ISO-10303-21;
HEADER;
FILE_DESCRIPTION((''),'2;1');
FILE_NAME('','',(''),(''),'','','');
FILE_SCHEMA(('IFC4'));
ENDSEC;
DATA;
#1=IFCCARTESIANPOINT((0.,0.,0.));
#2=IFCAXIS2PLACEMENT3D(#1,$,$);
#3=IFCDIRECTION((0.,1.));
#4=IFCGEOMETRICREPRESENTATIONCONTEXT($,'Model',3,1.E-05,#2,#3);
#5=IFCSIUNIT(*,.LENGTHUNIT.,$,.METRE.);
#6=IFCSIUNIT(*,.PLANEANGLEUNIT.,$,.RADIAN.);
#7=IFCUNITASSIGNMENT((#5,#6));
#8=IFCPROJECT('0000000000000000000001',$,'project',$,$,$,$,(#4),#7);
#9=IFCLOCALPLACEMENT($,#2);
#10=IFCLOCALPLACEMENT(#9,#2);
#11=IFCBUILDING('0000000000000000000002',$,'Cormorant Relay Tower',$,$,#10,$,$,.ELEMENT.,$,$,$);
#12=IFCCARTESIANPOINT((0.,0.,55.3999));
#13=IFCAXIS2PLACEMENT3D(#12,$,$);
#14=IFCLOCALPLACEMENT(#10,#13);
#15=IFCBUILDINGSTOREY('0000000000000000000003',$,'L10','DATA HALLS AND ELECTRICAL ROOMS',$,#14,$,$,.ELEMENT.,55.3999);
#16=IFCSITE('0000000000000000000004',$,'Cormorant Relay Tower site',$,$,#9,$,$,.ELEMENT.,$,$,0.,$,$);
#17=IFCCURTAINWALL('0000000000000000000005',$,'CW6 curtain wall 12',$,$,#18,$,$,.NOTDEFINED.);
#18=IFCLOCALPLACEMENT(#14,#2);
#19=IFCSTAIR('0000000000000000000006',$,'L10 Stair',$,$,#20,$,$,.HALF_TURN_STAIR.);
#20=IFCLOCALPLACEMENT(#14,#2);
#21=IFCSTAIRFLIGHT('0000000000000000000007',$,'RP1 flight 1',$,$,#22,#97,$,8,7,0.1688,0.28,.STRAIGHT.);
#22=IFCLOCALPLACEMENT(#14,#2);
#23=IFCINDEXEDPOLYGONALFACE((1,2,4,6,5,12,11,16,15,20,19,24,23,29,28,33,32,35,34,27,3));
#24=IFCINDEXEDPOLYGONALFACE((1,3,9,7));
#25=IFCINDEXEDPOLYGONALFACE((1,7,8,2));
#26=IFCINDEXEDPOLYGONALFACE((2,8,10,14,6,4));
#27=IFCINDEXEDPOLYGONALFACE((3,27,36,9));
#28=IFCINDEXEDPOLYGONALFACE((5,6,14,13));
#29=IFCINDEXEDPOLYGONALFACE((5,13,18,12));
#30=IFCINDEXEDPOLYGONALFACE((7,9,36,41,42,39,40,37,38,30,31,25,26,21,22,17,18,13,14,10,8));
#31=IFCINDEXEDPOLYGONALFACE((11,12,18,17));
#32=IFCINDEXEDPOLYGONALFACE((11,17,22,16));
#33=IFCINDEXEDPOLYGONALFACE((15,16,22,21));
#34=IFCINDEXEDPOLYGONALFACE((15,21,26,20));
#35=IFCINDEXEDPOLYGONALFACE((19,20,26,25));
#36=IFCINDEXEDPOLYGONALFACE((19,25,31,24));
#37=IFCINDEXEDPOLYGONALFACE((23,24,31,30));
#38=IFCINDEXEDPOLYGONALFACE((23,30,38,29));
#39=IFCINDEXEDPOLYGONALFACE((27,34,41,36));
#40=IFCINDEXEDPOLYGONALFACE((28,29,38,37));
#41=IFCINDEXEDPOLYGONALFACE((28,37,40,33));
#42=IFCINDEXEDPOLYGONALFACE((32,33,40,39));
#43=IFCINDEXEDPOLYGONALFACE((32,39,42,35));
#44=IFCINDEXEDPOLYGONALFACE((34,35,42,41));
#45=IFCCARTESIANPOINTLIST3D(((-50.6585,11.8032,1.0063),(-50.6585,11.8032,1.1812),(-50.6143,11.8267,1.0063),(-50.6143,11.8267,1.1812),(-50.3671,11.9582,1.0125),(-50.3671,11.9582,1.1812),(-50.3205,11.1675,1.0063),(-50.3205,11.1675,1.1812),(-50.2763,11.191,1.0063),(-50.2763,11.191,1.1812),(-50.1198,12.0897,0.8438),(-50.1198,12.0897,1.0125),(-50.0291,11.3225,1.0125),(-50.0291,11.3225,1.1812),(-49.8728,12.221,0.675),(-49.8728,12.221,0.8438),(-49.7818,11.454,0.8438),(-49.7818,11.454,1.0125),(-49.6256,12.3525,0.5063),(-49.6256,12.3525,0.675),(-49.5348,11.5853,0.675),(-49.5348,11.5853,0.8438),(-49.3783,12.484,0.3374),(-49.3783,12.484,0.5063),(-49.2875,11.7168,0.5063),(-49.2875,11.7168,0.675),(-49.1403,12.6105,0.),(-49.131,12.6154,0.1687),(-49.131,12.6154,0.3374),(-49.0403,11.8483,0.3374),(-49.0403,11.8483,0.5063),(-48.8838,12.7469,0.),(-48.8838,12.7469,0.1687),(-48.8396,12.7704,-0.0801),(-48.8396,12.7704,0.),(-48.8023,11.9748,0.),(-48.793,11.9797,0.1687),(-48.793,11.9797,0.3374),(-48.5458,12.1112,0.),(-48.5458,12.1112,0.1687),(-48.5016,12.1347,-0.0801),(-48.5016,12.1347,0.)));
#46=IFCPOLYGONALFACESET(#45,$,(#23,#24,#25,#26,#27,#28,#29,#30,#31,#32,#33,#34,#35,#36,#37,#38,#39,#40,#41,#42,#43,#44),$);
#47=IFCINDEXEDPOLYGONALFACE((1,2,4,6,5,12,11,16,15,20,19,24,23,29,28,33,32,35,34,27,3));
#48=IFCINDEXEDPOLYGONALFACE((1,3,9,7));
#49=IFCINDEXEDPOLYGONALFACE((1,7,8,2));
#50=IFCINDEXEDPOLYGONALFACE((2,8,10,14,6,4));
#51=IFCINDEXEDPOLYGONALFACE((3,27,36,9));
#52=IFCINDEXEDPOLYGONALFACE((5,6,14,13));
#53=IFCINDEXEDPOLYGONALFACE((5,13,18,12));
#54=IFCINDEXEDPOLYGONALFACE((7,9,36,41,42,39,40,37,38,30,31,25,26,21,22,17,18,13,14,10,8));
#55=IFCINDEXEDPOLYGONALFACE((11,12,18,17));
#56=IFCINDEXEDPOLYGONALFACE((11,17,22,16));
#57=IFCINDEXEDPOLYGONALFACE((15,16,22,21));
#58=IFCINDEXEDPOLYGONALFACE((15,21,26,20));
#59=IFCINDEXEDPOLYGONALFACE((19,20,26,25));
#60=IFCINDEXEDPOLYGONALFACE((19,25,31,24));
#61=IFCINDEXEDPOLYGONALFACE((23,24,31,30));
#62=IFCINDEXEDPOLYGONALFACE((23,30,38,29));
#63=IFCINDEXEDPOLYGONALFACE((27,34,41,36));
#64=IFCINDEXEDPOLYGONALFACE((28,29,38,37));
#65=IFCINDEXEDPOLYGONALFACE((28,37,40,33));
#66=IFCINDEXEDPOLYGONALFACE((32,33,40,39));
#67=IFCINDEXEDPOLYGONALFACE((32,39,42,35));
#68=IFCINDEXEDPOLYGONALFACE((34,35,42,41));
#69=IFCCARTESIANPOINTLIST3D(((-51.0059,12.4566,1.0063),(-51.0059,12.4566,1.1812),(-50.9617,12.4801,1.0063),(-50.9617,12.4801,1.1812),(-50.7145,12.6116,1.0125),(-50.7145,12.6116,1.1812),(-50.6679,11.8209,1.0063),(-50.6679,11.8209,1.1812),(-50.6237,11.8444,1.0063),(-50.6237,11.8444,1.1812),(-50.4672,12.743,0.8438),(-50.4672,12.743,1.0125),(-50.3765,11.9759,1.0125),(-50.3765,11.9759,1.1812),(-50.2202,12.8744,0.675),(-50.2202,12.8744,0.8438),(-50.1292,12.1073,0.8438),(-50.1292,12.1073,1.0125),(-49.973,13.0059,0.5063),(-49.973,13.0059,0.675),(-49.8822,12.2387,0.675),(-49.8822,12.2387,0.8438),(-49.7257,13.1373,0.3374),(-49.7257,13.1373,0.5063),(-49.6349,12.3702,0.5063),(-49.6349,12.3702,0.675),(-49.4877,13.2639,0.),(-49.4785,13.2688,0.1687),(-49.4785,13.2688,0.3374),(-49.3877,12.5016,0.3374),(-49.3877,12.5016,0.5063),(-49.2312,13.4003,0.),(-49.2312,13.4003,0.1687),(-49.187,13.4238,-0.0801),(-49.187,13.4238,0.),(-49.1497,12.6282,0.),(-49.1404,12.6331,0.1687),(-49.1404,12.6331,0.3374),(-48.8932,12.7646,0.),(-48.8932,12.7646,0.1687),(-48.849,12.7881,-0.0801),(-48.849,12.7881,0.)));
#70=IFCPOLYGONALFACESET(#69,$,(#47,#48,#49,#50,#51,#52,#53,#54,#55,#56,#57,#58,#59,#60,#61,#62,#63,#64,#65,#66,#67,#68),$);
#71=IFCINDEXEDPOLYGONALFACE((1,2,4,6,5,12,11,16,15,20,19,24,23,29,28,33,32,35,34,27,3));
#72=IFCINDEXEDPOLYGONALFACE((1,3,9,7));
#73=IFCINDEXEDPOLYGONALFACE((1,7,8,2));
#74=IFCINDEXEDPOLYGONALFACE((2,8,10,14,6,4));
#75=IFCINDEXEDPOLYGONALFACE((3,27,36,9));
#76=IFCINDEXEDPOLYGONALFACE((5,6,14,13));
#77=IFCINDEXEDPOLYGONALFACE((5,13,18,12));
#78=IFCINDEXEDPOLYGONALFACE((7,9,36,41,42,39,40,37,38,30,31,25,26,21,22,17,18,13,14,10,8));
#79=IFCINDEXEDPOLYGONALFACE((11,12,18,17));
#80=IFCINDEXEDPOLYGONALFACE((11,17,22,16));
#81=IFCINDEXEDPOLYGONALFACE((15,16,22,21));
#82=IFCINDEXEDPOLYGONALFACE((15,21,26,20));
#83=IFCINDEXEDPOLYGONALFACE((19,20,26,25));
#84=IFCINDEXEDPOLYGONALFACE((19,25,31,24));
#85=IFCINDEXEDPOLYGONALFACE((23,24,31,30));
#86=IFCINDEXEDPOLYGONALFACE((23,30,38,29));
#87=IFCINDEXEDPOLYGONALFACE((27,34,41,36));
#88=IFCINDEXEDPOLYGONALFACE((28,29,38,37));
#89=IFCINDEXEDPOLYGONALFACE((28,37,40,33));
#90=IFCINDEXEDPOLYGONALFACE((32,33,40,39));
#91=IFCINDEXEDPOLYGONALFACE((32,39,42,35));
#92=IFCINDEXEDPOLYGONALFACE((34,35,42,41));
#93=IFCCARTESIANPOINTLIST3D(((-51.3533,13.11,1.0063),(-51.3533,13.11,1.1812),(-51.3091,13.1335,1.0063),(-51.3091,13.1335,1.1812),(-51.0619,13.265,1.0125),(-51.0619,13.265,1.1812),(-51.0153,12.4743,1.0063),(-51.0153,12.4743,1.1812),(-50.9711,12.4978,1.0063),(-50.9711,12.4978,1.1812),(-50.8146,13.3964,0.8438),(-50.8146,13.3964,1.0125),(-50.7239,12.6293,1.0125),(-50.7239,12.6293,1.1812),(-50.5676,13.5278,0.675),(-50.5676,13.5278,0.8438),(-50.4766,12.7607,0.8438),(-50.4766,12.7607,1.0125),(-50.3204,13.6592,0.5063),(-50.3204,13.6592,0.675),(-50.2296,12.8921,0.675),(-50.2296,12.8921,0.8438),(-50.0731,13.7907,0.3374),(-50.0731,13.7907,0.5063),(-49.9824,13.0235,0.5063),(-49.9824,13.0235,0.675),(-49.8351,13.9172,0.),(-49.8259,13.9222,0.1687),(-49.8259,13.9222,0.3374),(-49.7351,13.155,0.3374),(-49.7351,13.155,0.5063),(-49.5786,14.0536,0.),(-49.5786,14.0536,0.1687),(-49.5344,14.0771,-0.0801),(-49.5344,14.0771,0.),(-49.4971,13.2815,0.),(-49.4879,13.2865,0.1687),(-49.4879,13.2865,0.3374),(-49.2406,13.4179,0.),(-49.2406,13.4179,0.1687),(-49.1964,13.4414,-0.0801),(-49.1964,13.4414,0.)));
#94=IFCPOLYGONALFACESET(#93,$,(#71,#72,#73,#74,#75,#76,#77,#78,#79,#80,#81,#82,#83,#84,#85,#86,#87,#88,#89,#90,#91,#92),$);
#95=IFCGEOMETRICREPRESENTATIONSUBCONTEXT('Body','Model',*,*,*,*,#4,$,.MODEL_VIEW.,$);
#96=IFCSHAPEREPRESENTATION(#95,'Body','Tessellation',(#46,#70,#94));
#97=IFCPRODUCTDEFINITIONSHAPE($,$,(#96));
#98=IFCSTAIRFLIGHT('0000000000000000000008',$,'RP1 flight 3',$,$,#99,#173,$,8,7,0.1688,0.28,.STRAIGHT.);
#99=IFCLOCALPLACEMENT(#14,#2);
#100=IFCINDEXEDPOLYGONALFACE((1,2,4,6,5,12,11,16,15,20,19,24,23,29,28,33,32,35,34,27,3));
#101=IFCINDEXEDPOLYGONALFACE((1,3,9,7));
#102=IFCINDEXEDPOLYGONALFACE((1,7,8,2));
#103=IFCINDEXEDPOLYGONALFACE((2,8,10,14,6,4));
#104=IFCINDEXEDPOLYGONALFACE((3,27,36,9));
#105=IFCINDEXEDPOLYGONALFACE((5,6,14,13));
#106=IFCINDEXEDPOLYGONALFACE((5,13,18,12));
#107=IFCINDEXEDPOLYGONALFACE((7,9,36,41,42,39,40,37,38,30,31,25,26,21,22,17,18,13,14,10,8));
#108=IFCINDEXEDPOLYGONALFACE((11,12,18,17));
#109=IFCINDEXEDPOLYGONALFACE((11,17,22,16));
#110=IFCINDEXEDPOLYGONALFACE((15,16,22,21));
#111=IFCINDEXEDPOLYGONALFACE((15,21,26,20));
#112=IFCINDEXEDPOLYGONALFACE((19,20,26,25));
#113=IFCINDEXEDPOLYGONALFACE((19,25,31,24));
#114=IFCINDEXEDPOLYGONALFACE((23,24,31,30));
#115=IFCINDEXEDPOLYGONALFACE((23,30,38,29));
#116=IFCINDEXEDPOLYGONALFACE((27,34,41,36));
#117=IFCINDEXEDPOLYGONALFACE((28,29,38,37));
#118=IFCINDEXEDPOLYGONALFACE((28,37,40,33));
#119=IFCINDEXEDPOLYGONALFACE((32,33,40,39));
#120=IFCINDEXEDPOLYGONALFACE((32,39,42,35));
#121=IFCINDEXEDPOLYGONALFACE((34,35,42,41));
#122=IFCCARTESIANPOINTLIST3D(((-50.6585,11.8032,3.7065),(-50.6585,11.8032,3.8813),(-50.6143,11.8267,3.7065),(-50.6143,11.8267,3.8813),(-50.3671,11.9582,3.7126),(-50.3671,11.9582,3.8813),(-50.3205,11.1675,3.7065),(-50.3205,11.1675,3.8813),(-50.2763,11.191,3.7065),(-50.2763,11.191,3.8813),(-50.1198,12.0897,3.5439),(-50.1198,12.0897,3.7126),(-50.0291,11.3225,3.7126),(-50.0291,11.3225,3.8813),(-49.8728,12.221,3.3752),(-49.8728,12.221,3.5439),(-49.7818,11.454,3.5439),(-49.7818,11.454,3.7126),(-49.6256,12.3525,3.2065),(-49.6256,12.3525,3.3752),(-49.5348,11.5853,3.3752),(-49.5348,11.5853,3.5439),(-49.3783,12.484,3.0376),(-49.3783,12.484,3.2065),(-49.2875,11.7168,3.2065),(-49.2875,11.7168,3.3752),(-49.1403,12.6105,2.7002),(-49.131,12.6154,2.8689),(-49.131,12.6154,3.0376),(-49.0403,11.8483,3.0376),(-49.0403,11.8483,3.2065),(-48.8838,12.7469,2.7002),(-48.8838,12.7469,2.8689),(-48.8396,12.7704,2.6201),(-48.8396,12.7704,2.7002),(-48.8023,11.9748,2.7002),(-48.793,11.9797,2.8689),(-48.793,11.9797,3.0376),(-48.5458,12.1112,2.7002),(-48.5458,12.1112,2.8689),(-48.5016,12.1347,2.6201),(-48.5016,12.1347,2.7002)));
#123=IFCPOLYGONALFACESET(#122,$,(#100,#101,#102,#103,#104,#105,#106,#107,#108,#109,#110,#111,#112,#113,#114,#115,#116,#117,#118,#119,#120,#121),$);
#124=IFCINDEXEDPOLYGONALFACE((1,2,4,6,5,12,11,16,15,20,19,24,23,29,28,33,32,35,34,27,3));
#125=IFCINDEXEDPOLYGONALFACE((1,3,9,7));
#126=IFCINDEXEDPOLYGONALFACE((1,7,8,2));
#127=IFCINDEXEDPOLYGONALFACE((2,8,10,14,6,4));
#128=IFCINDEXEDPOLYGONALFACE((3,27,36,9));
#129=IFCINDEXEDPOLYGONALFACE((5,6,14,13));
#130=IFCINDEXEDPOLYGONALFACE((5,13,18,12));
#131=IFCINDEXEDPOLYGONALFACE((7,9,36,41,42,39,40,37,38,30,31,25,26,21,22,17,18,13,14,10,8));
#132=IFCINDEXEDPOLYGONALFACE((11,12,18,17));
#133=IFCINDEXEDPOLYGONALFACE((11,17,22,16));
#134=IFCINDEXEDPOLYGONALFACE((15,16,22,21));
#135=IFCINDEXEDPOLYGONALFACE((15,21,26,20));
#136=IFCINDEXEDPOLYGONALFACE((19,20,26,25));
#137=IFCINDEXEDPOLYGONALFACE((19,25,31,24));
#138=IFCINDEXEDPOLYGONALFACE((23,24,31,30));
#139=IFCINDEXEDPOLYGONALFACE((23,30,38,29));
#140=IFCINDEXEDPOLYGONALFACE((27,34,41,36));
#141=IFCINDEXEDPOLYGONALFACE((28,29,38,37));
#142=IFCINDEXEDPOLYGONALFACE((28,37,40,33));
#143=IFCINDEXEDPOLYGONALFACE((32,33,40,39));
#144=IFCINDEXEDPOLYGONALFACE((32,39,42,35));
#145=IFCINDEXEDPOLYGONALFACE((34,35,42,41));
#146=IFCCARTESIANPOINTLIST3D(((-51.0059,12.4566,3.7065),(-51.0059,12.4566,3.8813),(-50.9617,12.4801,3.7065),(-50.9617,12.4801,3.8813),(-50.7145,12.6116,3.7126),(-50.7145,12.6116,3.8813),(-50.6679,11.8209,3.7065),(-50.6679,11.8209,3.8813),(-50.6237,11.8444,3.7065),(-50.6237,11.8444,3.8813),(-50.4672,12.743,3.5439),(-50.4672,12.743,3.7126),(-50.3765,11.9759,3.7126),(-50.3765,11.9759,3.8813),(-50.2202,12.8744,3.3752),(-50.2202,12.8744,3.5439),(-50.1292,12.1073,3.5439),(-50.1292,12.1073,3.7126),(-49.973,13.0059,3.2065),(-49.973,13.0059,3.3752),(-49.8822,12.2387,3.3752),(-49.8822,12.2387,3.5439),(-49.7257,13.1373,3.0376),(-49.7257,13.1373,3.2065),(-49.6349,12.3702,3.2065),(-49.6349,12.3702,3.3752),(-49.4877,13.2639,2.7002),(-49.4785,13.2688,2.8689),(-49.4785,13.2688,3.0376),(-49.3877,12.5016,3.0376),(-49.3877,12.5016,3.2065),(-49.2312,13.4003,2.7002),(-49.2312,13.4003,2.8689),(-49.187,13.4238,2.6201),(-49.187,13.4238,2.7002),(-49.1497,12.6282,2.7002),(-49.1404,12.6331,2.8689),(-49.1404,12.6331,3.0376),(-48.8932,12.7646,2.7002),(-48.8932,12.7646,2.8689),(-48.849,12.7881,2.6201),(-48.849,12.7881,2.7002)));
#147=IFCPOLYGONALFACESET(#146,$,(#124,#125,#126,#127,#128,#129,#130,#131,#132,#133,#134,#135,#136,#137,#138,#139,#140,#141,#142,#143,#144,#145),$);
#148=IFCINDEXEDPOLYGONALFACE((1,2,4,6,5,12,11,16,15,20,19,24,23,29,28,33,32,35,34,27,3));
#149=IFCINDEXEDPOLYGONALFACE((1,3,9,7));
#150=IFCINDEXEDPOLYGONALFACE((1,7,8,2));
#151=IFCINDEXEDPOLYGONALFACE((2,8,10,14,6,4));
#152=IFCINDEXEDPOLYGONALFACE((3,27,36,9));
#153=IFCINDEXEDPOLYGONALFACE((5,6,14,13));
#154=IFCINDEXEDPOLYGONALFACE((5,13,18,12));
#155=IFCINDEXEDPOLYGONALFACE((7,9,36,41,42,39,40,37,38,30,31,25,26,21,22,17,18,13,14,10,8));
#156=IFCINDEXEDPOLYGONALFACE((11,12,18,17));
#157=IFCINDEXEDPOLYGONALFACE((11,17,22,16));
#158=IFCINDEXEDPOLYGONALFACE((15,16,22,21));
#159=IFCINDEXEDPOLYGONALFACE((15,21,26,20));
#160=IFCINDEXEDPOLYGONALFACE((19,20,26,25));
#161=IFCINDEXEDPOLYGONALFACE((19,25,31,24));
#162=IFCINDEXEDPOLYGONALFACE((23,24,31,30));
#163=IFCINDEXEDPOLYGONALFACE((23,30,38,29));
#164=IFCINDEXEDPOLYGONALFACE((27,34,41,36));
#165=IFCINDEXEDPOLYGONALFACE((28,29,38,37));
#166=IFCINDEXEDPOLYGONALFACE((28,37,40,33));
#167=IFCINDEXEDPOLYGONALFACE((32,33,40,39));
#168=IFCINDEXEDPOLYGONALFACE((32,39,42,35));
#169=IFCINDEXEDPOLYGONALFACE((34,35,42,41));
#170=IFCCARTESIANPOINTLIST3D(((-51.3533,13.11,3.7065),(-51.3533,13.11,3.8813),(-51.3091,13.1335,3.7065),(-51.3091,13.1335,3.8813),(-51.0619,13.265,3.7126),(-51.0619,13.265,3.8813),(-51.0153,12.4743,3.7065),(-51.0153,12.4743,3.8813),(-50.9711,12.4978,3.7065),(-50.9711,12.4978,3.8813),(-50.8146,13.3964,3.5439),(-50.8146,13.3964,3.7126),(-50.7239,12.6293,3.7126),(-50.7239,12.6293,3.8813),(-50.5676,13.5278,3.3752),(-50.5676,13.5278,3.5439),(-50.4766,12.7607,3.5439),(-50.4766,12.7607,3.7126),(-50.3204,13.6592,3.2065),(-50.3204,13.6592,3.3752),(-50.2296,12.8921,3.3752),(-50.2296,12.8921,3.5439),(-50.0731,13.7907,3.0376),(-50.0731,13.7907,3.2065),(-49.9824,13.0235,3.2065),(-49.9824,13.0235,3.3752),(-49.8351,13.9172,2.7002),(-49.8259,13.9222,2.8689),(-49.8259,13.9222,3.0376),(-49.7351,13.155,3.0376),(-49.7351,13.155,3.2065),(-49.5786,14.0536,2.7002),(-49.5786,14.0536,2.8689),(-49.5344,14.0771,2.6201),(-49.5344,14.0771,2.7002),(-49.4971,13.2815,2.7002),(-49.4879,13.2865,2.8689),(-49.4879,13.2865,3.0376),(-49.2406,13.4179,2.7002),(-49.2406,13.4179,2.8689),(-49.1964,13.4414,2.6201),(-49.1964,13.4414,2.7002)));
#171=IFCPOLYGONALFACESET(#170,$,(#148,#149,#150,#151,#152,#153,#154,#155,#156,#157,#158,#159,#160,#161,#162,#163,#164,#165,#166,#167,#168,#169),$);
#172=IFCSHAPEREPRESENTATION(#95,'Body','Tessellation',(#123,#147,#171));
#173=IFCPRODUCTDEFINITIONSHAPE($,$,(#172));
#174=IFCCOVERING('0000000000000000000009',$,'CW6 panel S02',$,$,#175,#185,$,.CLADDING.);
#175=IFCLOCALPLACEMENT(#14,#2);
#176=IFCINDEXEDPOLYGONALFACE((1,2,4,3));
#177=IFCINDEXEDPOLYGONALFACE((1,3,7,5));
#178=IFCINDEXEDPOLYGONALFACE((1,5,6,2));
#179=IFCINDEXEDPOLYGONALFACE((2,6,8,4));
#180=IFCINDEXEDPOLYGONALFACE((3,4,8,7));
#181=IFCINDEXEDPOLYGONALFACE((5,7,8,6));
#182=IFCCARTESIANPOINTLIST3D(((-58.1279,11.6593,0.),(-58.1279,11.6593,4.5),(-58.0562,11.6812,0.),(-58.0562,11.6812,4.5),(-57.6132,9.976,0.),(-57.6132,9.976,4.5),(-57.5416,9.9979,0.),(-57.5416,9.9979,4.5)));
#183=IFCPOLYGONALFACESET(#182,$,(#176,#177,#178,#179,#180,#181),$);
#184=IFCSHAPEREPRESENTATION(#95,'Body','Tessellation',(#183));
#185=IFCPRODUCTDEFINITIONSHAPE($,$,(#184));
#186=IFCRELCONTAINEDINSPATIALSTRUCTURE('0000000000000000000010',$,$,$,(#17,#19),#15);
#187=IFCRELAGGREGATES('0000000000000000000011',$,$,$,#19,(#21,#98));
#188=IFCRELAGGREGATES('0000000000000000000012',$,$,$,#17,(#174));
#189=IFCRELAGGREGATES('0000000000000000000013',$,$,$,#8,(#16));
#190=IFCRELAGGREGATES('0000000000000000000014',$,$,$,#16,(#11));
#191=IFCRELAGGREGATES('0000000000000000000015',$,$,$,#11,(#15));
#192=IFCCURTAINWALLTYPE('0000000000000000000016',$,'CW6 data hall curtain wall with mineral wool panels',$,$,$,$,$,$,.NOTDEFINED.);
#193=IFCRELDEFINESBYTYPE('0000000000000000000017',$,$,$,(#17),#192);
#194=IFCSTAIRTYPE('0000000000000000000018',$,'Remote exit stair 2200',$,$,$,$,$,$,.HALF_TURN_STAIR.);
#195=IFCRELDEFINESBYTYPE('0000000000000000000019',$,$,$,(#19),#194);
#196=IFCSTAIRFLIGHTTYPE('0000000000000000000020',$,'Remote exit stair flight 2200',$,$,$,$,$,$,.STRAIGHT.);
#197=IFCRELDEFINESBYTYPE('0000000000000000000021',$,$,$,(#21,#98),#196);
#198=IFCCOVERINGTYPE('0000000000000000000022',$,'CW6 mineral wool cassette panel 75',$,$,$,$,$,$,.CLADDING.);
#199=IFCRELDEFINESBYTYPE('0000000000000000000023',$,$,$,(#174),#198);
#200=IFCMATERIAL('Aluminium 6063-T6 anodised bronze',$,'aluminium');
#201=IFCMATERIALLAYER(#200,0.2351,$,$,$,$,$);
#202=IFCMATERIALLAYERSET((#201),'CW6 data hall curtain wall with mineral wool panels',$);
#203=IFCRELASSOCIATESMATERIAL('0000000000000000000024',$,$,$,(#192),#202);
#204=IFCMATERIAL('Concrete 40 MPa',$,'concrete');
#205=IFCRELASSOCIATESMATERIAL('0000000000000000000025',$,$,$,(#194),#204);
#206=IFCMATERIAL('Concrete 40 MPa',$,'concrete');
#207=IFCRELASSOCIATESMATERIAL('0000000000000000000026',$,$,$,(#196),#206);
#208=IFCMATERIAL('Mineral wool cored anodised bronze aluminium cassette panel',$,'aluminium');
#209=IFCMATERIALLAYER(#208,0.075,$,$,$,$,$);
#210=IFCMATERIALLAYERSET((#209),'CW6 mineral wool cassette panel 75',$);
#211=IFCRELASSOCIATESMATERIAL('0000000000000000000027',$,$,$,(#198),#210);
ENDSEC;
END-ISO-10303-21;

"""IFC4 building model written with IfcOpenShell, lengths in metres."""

from ifc_helpers import new_model, si_unit, direction, frame, origin, origin_2d, place, context, subcontext, project, spatial, polyline, rectangle, outline, extrude, material, layer, layer_set, type_object, element, aggregate, save


model = new_model("IFC4")

# Units and contexts
model_context = context("Model", 3, precision=1e-05, world=origin(), true_north=direction((0.0, 1.0)))
body_context = subcontext(model_context, "Body", "Model", "MODEL_VIEW")
ifc_project = project(units=[si_unit("LENGTHUNIT", "METRE"), si_unit("PLANEANGLEUNIT", "RADIAN")], contexts=[model_context])

# Site, building, storey
site_placement = place(None, origin())
site = spatial("IfcSite", under=ifc_project, at=site_placement, Name="Cormorant Relay Tower site", CompositionType="ELEMENT", RefElevation=0.0)
building_placement = place(site_placement, origin())
building = spatial("IfcBuilding", under=site, at=building_placement, Name="Cormorant Relay Tower", CompositionType="ELEMENT")
storey_placement = place(building_placement, frame((0.0, 0.0, 55.3999)))
storey = spatial("IfcBuildingStorey", under=building, at=storey_placement, Name="L10", Description="DATA HALLS AND ELECTRICAL ROOMS", CompositionType="ELEMENT", Elevation=55.3999)

# Shared definitions
ifc_material_1 = material(Name="Aluminium 6063-T6 anodised bronze", Category="aluminium")
ifc_layer_1 = layer(ifc_material_1, 0.2351)
ifc_layer_set_1 = layer_set([ifc_layer_1], Name="CW6 data hall curtain wall with mineral wool panels")
curtain_wall_type = type_object("IfcCurtainWallType", Name="CW6 data hall curtain wall with mineral wool panels", PredefinedType="NOTDEFINED", material=ifc_layer_set_1)

# Curtain wall
curtain_wall_1_placement = place(storey_placement, origin())
curtain_wall_1 = element("IfcCurtainWall", 1, at=curtain_wall_1_placement, inside=storey, type_object=curtain_wall_type, Name="CW6 curtain wall 12", PredefinedType="NOTDEFINED")

# Stair, stair flights
ifc_material_2 = material(Name="Concrete 40 MPa", Category="concrete")
stair_type = type_object("IfcStairType", Name="Remote exit stair 2200", PredefinedType="HALF_TURN_STAIR", material=ifc_material_2)
stair_placement = place(storey_placement, origin())
stair = element("IfcStair", 2, at=stair_placement, inside=storey, type_object=stair_type, Name="L10 Stair", PredefinedType="HALF_TURN_STAIR")
ifc_material_3 = material(Name="Concrete 40 MPa", Category="concrete")
stair_flight_type = type_object("IfcStairFlightType", Name="Remote exit stair flight 2200", PredefinedType="STRAIGHT", material=ifc_material_3)
stair_flight_1_placement = place(storey_placement, frame((-49.0623, 13.0825, 0.0), z_axis=(0.0, 0.0, 1.0), x_axis=(-0.882948, -0.469472, 0.0)))
stair_flight_1 = element("IfcStairFlight", 3, at=stair_flight_1_placement, type_object=stair_flight_type, Name="RP1 flight 1", NumberOfRisers=8, NumberOfTreads=7, PredefinedType="STRAIGHT", RiserHeight=0.1688, TreadLength=0.28, context=body_context, shape_type="SweptSolid", body=[
    extrude(outline(polyline([(-0.05, -0.0801), (-0.05, 0.0), (0.0, 0.0), (0.0, 0.1687), (0.28, 0.1687), (0.28, 0.3374), (0.5601, 0.3374), (0.5601, 0.5063), (0.8401, 0.5063), (0.8401, 0.675), (1.1201, 0.675), (1.1201, 0.8438), (1.3999, 0.8438), (1.3999, 1.0125), (1.6799, 1.0125), (1.6799, 1.1812), (1.96, 1.1812), (2.01, 1.1812), (2.01, 1.0063), (1.96, 1.0063), (0.2905, 0.0), (-0.05, -0.0801)])), frame((0.0, 1.1001, 0.0), z_axis=(0.0, -1.0, 0.0), x_axis=(1.0, 0.0, 0.0)), (0.0, 0.0, 1.0), 0.72),
    extrude(outline(polyline([(-0.05, -0.0801), (-0.05, 0.0), (0.0, 0.0), (0.0, 0.1687), (0.28, 0.1687), (0.28, 0.3374), (0.5601, 0.3374), (0.5601, 0.5063), (0.8401, 0.5063), (0.8401, 0.675), (1.1201, 0.675), (1.1201, 0.8438), (1.3999, 0.8438), (1.3999, 1.0125), (1.6799, 1.0125), (1.6799, 1.1812), (1.96, 1.1812), (2.01, 1.1812), (2.01, 1.0063), (1.96, 1.0063), (0.2905, 0.0), (-0.05, -0.0801)])), frame((0.0, 0.3601, 0.0), z_axis=(0.0, -1.0, 0.0), x_axis=(1.0, 0.0, 0.0)), (0.0, 0.0, 1.0), 0.72),
    extrude(outline(polyline([(-0.05, -0.0801), (-0.05, 0.0), (0.0, 0.0), (0.0, 0.1687), (0.28, 0.1687), (0.28, 0.3374), (0.5601, 0.3374), (0.5601, 0.5063), (0.8401, 0.5063), (0.8401, 0.675), (1.1201, 0.675), (1.1201, 0.8438), (1.3999, 0.8438), (1.3999, 1.0125), (1.6799, 1.0125), (1.6799, 1.1812), (1.96, 1.1812), (2.01, 1.1812), (2.01, 1.0063), (1.96, 1.0063), (0.2905, 0.0), (-0.05, -0.0801)])), frame((0.0, -0.3799, 0.0), z_axis=(0.0, -1.0, 0.0), x_axis=(1.0, 0.0, 0.0)), (0.0, 0.0, 1.0), 0.72),
])
stair_flight_2_placement = place(storey_placement, frame((-49.0623, 13.0825, 2.7002), z_axis=(0.0, 0.0, 1.0), x_axis=(-0.882948, -0.469472, 0.0)))
stair_flight_2 = element("IfcStairFlight", 4, at=stair_flight_2_placement, type_object=stair_flight_type, Name="RP1 flight 3", NumberOfRisers=8, NumberOfTreads=7, PredefinedType="STRAIGHT", RiserHeight=0.1688, TreadLength=0.28, context=body_context, shape_type="SweptSolid", body=[
    extrude(outline(polyline([(-0.05, -0.0801), (-0.05, 0.0), (0.0, 0.0), (0.0, 0.1687), (0.28, 0.1687), (0.28, 0.3374), (0.5601, 0.3374), (0.5601, 0.5063), (0.8401, 0.5063), (0.8401, 0.675), (1.1201, 0.675), (1.1201, 0.8438), (1.3999, 0.8438), (1.3999, 1.0125), (1.6799, 1.0125), (1.6799, 1.1812), (1.96, 1.1812), (2.01, 1.1812), (2.01, 1.0063), (1.96, 1.0063), (0.2905, 0.0), (-0.05, -0.0801)])), frame((0.0, 1.1001, 0.0), z_axis=(0.0, -1.0, 0.0), x_axis=(1.0, 0.0, 0.0)), (0.0, 0.0, 1.0), 0.72),
    extrude(outline(polyline([(-0.05, -0.0801), (-0.05, 0.0), (0.0, 0.0), (0.0, 0.1687), (0.28, 0.1687), (0.28, 0.3374), (0.5601, 0.3374), (0.5601, 0.5063), (0.8401, 0.5063), (0.8401, 0.675), (1.1201, 0.675), (1.1201, 0.8438), (1.3999, 0.8438), (1.3999, 1.0125), (1.6799, 1.0125), (1.6799, 1.1812), (1.96, 1.1812), (2.01, 1.1812), (2.01, 1.0063), (1.96, 1.0063), (0.2905, 0.0), (-0.05, -0.0801)])), frame((0.0, 0.3601, 0.0), z_axis=(0.0, -1.0, 0.0), x_axis=(1.0, 0.0, 0.0)), (0.0, 0.0, 1.0), 0.72),
    extrude(outline(polyline([(-0.05, -0.0801), (-0.05, 0.0), (0.0, 0.0), (0.0, 0.1687), (0.28, 0.1687), (0.28, 0.3374), (0.5601, 0.3374), (0.5601, 0.5063), (0.8401, 0.5063), (0.8401, 0.675), (1.1201, 0.675), (1.1201, 0.8438), (1.3999, 0.8438), (1.3999, 1.0125), (1.6799, 1.0125), (1.6799, 1.1812), (1.96, 1.1812), (2.01, 1.1812), (2.01, 1.0063), (1.96, 1.0063), (0.2905, 0.0), (-0.05, -0.0801)])), frame((0.0, -0.3799, 0.0), z_axis=(0.0, -1.0, 0.0), x_axis=(1.0, 0.0, 0.0)), (0.0, 0.0, 1.0), 0.72),
])
aggregate(stair, [stair_flight_1, stair_flight_2])

# Covering
ifc_material_4 = material(Name="Mineral wool cored anodised bronze aluminium cassette panel", Category="aluminium")
ifc_layer_2 = layer(ifc_material_4, 0.075)
ifc_layer_set_2 = layer_set([ifc_layer_2], Name="CW6 mineral wool cassette panel 75")
covering_type = type_object("IfcCoveringType", Name="CW6 mineral wool cassette panel 75", PredefinedType="CLADDING", material=ifc_layer_set_2)
covering_1_placement = place(storey_placement, frame((-57.8347, 10.8286, 0.0), z_axis=(0.0, 0.0, 1.0), x_axis=(0.292372, -0.956305, 0.0)))
covering_1 = element("IfcCovering", 5, at=covering_1_placement, type_object=covering_type, Name="CW6 panel S02", PredefinedType="CLADDING", context=body_context, shape_type="SweptSolid", body=[
    extrude(rectangle(XDim=1.7603, YDim=0.075, at=origin_2d()), origin(), (0.0, 0.0, 1.0), 4.5),
])
aggregate(curtain_wall_1, [covering_1])

save(model, "model.ifc")
